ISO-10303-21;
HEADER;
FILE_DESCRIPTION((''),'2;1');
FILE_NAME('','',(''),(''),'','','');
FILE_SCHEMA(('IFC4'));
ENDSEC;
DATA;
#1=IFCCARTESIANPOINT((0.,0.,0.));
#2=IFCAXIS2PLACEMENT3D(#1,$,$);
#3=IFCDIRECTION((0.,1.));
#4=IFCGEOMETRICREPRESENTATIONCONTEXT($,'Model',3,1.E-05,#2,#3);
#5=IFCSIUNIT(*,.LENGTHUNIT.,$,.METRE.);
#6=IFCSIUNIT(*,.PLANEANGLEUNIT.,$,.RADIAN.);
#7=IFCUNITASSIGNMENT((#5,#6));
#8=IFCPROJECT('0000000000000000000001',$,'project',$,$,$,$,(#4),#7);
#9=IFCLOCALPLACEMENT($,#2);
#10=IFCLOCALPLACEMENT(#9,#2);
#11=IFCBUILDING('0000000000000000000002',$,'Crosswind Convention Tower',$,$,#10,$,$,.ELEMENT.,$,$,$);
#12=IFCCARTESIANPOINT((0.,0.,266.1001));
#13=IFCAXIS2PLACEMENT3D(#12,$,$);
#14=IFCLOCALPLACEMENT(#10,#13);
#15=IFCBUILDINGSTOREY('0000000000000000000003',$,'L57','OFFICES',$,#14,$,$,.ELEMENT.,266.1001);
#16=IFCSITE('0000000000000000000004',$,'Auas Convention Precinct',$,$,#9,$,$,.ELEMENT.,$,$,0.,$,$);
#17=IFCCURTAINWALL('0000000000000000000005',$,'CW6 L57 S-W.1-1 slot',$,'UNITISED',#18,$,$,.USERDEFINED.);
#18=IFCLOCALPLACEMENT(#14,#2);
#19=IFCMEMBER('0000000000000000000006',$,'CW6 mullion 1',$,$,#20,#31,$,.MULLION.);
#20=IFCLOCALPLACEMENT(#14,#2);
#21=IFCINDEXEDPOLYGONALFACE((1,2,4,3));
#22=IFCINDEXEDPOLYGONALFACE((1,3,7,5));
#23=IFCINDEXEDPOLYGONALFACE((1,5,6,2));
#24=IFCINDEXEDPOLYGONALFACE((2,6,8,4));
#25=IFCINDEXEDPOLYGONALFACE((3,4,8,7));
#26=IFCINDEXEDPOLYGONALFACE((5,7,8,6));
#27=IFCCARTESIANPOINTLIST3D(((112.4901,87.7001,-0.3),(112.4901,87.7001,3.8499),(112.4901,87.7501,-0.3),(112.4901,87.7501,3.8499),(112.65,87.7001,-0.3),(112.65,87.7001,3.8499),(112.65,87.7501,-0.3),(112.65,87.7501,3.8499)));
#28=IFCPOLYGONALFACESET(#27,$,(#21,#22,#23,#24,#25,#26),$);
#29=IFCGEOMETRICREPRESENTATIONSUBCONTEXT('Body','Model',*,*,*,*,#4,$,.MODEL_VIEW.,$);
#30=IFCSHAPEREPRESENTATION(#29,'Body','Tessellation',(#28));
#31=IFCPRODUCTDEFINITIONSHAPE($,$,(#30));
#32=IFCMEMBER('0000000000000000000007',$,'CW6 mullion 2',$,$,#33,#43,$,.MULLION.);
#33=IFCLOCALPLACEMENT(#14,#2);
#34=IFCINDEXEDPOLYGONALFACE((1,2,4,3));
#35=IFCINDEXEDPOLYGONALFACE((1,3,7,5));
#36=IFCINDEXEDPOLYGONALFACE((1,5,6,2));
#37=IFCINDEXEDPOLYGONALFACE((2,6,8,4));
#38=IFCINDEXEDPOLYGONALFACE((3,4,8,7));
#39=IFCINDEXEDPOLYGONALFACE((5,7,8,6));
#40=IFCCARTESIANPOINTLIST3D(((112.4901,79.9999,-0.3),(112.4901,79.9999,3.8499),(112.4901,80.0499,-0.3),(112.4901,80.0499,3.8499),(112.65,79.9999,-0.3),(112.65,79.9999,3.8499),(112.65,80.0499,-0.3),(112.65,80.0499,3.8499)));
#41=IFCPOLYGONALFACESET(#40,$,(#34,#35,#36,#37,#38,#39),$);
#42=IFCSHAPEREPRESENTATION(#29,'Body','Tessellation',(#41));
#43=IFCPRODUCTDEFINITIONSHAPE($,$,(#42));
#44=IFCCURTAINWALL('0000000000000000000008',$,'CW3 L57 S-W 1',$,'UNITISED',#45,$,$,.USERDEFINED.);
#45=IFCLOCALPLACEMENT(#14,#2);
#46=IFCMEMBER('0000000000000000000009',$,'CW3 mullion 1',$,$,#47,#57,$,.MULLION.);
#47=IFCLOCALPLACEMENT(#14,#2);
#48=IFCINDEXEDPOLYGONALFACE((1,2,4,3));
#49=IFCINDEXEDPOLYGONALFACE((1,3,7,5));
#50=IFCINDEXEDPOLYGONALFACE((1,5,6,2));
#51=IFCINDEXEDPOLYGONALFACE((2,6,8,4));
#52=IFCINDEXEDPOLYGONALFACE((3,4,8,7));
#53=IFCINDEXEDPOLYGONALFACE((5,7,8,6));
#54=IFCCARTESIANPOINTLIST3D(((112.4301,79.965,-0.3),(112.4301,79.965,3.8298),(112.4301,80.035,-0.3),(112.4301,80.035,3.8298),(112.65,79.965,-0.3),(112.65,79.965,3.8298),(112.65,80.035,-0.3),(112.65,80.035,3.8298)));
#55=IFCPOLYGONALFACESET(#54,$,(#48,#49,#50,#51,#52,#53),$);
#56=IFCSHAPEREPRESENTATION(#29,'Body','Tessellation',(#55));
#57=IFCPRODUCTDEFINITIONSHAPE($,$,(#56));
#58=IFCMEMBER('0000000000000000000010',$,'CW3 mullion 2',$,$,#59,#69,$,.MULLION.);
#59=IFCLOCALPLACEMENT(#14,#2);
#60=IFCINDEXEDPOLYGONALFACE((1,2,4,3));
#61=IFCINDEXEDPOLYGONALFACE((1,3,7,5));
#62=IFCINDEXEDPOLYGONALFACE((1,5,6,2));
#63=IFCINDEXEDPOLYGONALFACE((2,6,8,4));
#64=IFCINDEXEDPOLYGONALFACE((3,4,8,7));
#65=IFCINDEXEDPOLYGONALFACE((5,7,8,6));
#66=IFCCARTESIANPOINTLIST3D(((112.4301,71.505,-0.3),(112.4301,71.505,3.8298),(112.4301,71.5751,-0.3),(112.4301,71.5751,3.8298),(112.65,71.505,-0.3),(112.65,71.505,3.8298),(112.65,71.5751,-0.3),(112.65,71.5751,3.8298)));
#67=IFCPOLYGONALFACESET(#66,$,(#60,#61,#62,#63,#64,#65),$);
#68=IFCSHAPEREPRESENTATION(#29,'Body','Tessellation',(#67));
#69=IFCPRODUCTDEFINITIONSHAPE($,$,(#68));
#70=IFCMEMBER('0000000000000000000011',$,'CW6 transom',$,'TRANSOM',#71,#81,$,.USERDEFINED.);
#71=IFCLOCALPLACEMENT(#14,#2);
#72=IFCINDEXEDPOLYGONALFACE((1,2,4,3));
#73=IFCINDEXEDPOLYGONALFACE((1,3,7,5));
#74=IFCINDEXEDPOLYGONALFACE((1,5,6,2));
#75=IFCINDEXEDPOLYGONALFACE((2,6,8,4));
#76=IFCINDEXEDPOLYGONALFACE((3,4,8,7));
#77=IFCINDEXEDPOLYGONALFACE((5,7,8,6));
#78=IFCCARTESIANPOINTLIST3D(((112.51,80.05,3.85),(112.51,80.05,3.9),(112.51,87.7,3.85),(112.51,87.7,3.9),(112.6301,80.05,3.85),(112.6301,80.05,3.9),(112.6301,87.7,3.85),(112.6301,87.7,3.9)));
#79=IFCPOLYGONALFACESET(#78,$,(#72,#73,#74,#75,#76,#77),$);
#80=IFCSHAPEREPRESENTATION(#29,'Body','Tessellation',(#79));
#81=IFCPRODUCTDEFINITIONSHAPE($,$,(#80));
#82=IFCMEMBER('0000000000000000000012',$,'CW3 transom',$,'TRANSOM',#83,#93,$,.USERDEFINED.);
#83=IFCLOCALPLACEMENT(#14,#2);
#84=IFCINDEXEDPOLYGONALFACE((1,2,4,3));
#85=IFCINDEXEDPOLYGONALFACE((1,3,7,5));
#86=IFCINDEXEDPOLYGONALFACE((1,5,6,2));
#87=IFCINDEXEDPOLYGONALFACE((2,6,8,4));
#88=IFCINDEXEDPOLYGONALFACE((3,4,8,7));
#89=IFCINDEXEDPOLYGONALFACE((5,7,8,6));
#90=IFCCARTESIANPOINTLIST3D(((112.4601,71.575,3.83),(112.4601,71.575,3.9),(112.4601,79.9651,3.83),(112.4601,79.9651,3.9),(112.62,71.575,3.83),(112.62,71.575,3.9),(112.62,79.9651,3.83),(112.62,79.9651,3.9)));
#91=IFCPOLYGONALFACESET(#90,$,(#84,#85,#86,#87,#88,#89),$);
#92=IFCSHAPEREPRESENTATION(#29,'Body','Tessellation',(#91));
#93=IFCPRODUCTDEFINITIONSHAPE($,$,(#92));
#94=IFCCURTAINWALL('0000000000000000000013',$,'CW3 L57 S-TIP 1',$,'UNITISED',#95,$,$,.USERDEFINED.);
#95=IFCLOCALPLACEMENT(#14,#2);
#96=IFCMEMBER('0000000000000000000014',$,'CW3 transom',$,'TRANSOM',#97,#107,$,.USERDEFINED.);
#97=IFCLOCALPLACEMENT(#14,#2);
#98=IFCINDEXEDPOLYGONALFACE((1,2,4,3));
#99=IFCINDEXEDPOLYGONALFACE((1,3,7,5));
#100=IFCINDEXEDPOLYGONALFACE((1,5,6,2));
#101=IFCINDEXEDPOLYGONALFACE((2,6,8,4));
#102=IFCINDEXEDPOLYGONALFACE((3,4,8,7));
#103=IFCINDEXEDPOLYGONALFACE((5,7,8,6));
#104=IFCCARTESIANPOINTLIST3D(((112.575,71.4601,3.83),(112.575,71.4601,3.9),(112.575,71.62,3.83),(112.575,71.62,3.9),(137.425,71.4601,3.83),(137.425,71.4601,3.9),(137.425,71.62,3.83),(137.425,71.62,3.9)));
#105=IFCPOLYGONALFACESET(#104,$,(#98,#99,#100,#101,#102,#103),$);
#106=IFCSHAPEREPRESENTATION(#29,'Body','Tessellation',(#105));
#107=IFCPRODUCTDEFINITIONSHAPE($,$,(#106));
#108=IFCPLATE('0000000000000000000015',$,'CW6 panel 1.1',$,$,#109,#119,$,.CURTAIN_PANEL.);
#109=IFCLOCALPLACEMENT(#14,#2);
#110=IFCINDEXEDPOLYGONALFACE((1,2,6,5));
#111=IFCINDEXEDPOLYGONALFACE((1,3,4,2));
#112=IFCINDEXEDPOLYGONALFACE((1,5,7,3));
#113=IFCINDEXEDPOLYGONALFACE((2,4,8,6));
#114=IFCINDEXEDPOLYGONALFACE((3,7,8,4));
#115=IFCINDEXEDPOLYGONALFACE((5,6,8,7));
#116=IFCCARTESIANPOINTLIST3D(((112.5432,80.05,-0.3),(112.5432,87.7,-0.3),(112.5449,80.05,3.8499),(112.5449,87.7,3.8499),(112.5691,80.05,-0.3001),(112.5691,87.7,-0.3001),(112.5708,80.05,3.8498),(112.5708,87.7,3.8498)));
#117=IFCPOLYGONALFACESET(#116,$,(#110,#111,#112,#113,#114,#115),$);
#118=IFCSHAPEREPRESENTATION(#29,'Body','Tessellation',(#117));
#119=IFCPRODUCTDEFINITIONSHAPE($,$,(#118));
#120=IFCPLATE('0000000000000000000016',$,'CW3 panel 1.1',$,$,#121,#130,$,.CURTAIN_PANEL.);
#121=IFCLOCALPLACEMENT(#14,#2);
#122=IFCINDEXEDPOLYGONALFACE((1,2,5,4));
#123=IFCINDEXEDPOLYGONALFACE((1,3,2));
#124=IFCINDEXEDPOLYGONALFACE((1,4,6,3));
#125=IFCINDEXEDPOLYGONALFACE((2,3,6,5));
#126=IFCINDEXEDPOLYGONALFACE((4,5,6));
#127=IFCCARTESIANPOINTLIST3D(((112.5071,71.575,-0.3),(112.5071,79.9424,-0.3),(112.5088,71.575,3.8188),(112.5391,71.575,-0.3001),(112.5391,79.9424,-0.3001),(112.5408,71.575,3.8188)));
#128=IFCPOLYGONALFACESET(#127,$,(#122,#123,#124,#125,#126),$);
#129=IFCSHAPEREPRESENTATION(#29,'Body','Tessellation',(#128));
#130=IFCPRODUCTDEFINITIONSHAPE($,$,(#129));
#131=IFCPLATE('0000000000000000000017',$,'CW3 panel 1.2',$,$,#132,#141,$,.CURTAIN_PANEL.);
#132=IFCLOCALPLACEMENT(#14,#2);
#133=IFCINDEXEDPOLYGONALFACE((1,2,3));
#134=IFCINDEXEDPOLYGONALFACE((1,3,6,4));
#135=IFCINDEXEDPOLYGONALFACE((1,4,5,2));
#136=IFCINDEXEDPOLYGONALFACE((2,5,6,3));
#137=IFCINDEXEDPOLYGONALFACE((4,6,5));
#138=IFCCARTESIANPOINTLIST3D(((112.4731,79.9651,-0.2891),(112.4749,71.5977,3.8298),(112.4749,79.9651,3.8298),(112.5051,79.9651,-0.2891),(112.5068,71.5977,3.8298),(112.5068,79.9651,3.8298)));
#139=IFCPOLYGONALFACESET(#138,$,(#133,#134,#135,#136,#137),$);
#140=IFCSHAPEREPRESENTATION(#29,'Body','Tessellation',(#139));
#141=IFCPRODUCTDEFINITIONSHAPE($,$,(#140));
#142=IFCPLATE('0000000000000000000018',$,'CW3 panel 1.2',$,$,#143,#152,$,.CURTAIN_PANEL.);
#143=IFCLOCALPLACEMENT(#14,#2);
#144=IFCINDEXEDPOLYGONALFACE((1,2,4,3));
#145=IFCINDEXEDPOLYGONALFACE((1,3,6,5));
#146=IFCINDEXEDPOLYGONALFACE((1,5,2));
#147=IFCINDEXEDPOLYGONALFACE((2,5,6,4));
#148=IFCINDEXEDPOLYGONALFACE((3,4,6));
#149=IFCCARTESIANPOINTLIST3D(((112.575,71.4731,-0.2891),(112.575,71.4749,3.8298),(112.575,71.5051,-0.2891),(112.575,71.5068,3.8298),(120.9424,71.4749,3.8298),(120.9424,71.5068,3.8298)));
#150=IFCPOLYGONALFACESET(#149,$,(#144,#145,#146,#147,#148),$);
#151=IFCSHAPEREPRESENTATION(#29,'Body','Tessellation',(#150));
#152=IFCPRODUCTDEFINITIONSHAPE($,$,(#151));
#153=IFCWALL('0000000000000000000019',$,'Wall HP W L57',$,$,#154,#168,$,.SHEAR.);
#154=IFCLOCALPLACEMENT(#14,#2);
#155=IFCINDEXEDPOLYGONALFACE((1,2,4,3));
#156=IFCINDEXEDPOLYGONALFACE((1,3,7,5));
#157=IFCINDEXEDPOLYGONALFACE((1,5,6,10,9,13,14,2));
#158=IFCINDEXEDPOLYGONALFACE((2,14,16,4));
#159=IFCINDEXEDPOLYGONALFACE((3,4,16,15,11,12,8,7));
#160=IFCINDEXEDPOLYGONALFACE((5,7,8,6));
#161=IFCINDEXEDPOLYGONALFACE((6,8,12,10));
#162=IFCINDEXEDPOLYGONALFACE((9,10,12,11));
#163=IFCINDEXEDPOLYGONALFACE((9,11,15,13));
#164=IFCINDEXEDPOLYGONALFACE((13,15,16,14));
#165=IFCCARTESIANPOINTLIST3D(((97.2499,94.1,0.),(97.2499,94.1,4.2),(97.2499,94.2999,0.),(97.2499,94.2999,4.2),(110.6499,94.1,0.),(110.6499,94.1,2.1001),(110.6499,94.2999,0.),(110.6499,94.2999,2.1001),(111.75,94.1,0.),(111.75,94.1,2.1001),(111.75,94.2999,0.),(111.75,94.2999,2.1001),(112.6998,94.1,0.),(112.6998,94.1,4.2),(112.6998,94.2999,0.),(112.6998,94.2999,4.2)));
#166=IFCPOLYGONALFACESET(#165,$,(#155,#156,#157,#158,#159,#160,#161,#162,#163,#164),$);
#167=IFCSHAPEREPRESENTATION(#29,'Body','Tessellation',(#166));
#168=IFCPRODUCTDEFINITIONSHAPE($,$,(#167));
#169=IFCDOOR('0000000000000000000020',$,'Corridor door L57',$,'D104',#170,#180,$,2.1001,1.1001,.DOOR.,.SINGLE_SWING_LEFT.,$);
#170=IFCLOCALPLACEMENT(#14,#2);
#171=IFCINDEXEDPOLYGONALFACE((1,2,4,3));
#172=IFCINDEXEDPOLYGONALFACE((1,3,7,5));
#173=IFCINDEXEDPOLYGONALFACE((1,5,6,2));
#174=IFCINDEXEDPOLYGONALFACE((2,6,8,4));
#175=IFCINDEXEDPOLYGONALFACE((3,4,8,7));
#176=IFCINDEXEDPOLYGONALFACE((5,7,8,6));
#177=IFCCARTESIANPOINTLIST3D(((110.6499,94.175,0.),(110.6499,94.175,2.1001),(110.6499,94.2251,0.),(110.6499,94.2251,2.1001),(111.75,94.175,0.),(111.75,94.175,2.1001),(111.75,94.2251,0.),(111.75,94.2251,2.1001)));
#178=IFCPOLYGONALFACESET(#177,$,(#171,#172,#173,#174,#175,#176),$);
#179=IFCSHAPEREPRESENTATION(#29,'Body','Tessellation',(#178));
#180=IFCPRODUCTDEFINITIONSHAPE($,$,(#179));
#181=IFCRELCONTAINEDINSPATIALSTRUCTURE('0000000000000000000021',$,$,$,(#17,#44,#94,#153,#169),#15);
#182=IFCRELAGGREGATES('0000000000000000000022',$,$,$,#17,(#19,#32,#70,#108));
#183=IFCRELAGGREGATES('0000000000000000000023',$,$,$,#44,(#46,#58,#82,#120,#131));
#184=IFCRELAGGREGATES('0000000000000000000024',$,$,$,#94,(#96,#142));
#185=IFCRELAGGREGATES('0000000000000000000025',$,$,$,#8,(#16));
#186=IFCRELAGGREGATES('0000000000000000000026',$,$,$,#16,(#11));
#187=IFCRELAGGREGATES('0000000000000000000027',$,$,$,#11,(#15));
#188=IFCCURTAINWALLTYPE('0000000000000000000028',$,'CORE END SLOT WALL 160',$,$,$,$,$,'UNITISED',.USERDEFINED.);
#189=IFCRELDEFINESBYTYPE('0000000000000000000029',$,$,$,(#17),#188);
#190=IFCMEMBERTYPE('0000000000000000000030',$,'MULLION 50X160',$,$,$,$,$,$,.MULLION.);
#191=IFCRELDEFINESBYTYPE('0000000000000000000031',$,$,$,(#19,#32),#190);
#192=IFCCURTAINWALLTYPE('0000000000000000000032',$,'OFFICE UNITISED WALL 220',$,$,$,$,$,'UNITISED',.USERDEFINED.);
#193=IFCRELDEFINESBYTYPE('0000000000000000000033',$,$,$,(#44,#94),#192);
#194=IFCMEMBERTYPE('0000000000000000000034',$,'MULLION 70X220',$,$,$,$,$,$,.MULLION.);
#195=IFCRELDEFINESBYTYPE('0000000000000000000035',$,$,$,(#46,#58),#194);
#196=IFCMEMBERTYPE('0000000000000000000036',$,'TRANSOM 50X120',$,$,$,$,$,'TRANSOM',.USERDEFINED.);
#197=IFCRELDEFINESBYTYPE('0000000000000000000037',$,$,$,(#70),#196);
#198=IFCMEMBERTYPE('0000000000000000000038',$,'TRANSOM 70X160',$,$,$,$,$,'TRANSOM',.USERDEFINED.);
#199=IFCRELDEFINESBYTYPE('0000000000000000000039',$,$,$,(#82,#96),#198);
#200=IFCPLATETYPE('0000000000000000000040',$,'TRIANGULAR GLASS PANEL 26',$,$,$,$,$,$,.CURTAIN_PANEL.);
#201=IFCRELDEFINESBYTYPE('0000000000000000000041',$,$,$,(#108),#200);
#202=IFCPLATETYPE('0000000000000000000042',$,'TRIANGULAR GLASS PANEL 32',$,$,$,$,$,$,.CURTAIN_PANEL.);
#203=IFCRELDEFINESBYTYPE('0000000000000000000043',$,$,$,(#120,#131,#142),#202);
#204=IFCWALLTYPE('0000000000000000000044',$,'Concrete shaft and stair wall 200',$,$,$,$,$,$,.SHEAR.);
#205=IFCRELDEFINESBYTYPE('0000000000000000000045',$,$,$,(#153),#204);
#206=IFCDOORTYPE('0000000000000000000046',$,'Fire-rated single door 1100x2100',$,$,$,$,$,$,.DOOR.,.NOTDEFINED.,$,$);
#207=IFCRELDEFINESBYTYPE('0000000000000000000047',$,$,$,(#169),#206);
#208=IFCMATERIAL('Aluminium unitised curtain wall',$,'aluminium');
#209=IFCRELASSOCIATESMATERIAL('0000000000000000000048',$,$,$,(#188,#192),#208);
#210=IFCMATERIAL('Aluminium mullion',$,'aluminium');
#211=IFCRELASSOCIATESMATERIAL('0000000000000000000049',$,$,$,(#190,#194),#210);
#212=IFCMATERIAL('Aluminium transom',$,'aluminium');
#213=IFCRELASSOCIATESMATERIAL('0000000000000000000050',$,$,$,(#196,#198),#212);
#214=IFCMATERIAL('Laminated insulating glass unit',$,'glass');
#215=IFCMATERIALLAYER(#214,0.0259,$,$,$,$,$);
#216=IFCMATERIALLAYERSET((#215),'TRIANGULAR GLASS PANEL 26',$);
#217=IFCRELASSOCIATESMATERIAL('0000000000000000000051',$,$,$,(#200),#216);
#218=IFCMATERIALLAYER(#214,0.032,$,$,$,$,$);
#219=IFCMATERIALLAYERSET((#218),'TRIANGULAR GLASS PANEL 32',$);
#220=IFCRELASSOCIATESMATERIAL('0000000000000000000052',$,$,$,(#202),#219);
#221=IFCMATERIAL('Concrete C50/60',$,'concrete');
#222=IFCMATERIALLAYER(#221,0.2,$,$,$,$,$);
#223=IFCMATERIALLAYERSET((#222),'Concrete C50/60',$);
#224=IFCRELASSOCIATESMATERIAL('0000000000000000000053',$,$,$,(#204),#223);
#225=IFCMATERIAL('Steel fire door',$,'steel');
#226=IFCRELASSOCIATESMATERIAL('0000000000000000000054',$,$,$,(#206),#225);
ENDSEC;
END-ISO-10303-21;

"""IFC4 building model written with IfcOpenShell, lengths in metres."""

from ifc_helpers import new_model, si_unit, direction, frame, frame_2d, origin, origin_2d, place, context, subcontext, project, spatial, polyline, rectangle, outline, extrude, material, layer, layer_set, material_profile, profile_set, type_object, element, fill, aggregate, save


model = new_model("IFC4")

# Units and contexts
model_context = context("Model", 3, precision=1e-05, world=origin(), true_north=direction((0.0, 1.0)))
body_context = subcontext(model_context, "Body", "Model", "MODEL_VIEW")
ifc_project = project(units=[si_unit("LENGTHUNIT", "METRE"), si_unit("PLANEANGLEUNIT", "RADIAN")], contexts=[model_context])

# Site, building, storey
site_placement = place(None, origin())
site = spatial("IfcSite", under=ifc_project, at=site_placement, Name="Auas Convention Precinct", CompositionType="ELEMENT", RefElevation=0.0)
building_placement = place(site_placement, origin())
building = spatial("IfcBuilding", under=site, at=building_placement, Name="Crosswind Convention Tower", CompositionType="ELEMENT")
storey_placement = place(building_placement, frame((0.0, 0.0, 266.1001)))
storey = spatial("IfcBuildingStorey", under=building, at=storey_placement, Name="L57", Description="OFFICES", CompositionType="ELEMENT", Elevation=266.1001)

# Curtain walls, members
ifc_material_1 = material(Name="Aluminium unitised curtain wall", Category="aluminium")
curtain_wall_type_1 = type_object("IfcCurtainWallType", Name="CORE END SLOT WALL 160", ElementType="UNITISED", PredefinedType="USERDEFINED", material=ifc_material_1)
curtain_wall_1_placement = place(storey_placement, origin())
curtain_wall_1 = element("IfcCurtainWall", 1, at=curtain_wall_1_placement, inside=storey, type_object=curtain_wall_type_1, Name="CW6 L57 S-W.1-1 slot", ObjectType="UNITISED", PredefinedType="USERDEFINED")
ifc_material_2 = material(Name="Aluminium mullion", Category="aluminium")
ifc_material_profile_1 = material_profile(ifc_material_2, rectangle(XDim=0.1599, YDim=0.05, at=origin_2d()), Name="AL 160X50")
ifc_profile_set_1 = profile_set([ifc_material_profile_1], Name="Aluminium mullion")
member_type_1 = type_object("IfcMemberType", Name="MULLION 50X160", PredefinedType="MULLION", material=ifc_profile_set_1)
member_1_placement = place(storey_placement, frame((112.5701, 87.7251, -0.3), z_axis=(0.0, 0.0, 1.0), x_axis=(-1.0, 0.0, 0.0)))
member_1 = element("IfcMember", 2, at=member_1_placement, type_object=member_type_1, Name="CW6 mullion 1", PredefinedType="MULLION", context=body_context, shape_type="SweptSolid", body=[
    extrude(rectangle(XDim=0.1599, YDim=0.05, at=origin_2d()), origin(), (0.0, 0.0, 1.0), 4.1499),
])
member_2_placement = place(storey_placement, frame((112.5701, 80.0249, -0.3), z_axis=(0.0, 0.0, 1.0), x_axis=(-1.0, 0.0, 0.0)))
member_2 = element("IfcMember", 3, at=member_2_placement, type_object=member_type_1, Name="CW6 mullion 2", PredefinedType="MULLION", context=body_context, shape_type="SweptSolid", body=[
    extrude(rectangle(XDim=0.1599, YDim=0.05, at=origin_2d()), origin(), (0.0, 0.0, 1.0), 4.1499),
])
curtain_wall_type_2 = type_object("IfcCurtainWallType", Name="OFFICE UNITISED WALL 220", ElementType="UNITISED", PredefinedType="USERDEFINED", material=ifc_material_1)
curtain_wall_2_placement = place(storey_placement, origin())
curtain_wall_2 = element("IfcCurtainWall", 4, at=curtain_wall_2_placement, inside=storey, type_object=curtain_wall_type_2, Name="CW3 L57 S-W 1", ObjectType="UNITISED", PredefinedType="USERDEFINED")
ifc_material_profile_2 = material_profile(ifc_material_2, rectangle(XDim=0.22, YDim=0.0701, at=origin_2d()), Name="AL 220X70")
ifc_profile_set_2 = profile_set([ifc_material_profile_2], Name="Aluminium mullion")
member_type_2 = type_object("IfcMemberType", Name="MULLION 70X220", PredefinedType="MULLION", material=ifc_profile_set_2)
member_3_placement = place(storey_placement, frame((112.54, 80.0, -0.3), z_axis=(0.0, 0.0, 1.0), x_axis=(-1.0, 0.0, 0.0)))
member_3 = element("IfcMember", 5, at=member_3_placement, type_object=member_type_2, Name="CW3 mullion 1", PredefinedType="MULLION", context=body_context, shape_type="SweptSolid", body=[
    extrude(rectangle(XDim=0.22, YDim=0.0701, at=origin_2d()), origin(), (0.0, 0.0, 1.0), 4.1299),
])
member_4_placement = place(storey_placement, frame((112.54, 71.54, -0.3), z_axis=(0.0, 0.0, 1.0), x_axis=(-1.0, 0.0, 0.0)))
member_4 = element("IfcMember", 6, at=member_4_placement, type_object=member_type_2, Name="CW3 mullion 2", PredefinedType="MULLION", context=body_context, shape_type="SweptSolid", body=[
    extrude(rectangle(XDim=0.22, YDim=0.0701, at=origin_2d()), origin(), (0.0, 0.0, 1.0), 4.1299),
])

# Members
ifc_material_3 = material(Name="Aluminium transom", Category="aluminium")
ifc_material_profile_3 = material_profile(ifc_material_3, rectangle(XDim=0.1201, YDim=0.05, at=origin_2d()), Name="AL 120X50")
ifc_profile_set_3 = profile_set([ifc_material_profile_3], Name="Aluminium transom")
member_type_3 = type_object("IfcMemberType", Name="TRANSOM 50X120", ElementType="TRANSOM", PredefinedType="USERDEFINED", material=ifc_profile_set_3)
member_5_placement = place(storey_placement, frame((112.5701, 87.7, 3.875), z_axis=(0.0, -1.0, 0.0), x_axis=(1.0, 0.0, 0.0)))
member_5 = element("IfcMember", 7, at=member_5_placement, type_object=member_type_3, Name="CW6 transom", ObjectType="TRANSOM", PredefinedType="USERDEFINED", context=body_context, shape_type="SweptSolid", body=[
    extrude(rectangle(XDim=0.1201, YDim=0.05, at=origin_2d()), origin(), (0.0, 0.0, 1.0), 7.6499),
])
ifc_material_profile_4 = material_profile(ifc_material_3, rectangle(XDim=0.1599, YDim=0.0701, at=origin_2d()), Name="AL 160X70")
ifc_profile_set_4 = profile_set([ifc_material_profile_4], Name="Aluminium transom")
member_type_4 = type_object("IfcMemberType", Name="TRANSOM 70X160", ElementType="TRANSOM", PredefinedType="USERDEFINED", material=ifc_profile_set_4)
member_6_placement = place(storey_placement, frame((112.54, 79.9651, 3.865), z_axis=(0.0, -1.0, 0.0), x_axis=(1.0, 0.0, 0.0)))
member_6 = element("IfcMember", 8, at=member_6_placement, type_object=member_type_4, Name="CW3 transom", ObjectType="TRANSOM", PredefinedType="USERDEFINED", context=body_context, shape_type="SweptSolid", body=[
    extrude(rectangle(XDim=0.1599, YDim=0.0701, at=origin_2d()), origin(), (0.0, 0.0, 1.0), 8.3901),
])

# Curtain wall, member
curtain_wall_3_placement = place(storey_placement, origin())
curtain_wall_3 = element("IfcCurtainWall", 9, at=curtain_wall_3_placement, inside=storey, type_object=curtain_wall_type_2, Name="CW3 L57 S-TIP 1", ObjectType="UNITISED", PredefinedType="USERDEFINED")
member_7_placement = place(storey_placement, frame((112.575, 71.54, 3.865), z_axis=(1.0, 0.0, 0.0), x_axis=(0.0, 1.0, 0.0)))
member_7 = element("IfcMember", 10, at=member_7_placement, type_object=member_type_4, Name="CW3 transom", ObjectType="TRANSOM", PredefinedType="USERDEFINED", context=body_context, shape_type="SweptSolid", body=[
    extrude(rectangle(XDim=0.1599, YDim=0.0701, at=origin_2d()), origin(), (0.0, 0.0, 1.0), 24.8501),
])

# Plates
ifc_material_4 = material(Name="Laminated insulating glass unit", Category="glass")
ifc_layer_1 = layer(ifc_material_4, 0.0259)
ifc_layer_set_1 = layer_set([ifc_layer_1], Name="TRIANGULAR GLASS PANEL 26")
plate_type_1 = type_object("IfcPlateType", Name="TRIANGULAR GLASS PANEL 26", PredefinedType="CURTAIN_PANEL", material=ifc_layer_set_1)
plate_1_placement = place(storey_placement, frame((112.5432, 87.7, -0.3), z_axis=(-1.0, 0.0, 0.000412), x_axis=(0.0, -1.0, 0.0)))
plate_1 = element("IfcPlate", 11, at=plate_1_placement, type_object=plate_type_1, Name="CW6 panel 1.1", PredefinedType="CURTAIN_PANEL", context=body_context, shape_type="SweptSolid", body=[
    extrude(outline(polyline([(0.0, 0.0), (7.6499, 0.0), (7.6499, 4.1499), (0.0, 4.1499), (0.0, 0.0)])), origin(), (0.0, 0.0, -1.0), 0.0259),
])
aggregate(curtain_wall_1, [member_1, member_2, member_5, plate_1])
ifc_layer_2 = layer(ifc_material_4, 0.032)
ifc_layer_set_2 = layer_set([ifc_layer_2], Name="TRIANGULAR GLASS PANEL 32")
plate_type_2 = type_object("IfcPlateType", Name="TRIANGULAR GLASS PANEL 32", PredefinedType="CURTAIN_PANEL", material=ifc_layer_set_2)
plate_2_placement = place(storey_placement, frame((112.5071, 71.575, -0.3), z_axis=(-1.0, 0.0, 0.000415), x_axis=(0.000415, 0.0, 1.0)))
plate_2 = element("IfcPlate", 12, at=plate_2_placement, type_object=plate_type_2, Name="CW3 panel 1.1", PredefinedType="CURTAIN_PANEL", context=body_context, shape_type="SweptSolid", body=[
    extrude(outline(polyline([(0.0, 0.0), (4.1189, 0.0), (0.0, 8.3674), (0.0, 0.0)])), origin(), (0.0, 0.0, -1.0), 0.032),
])
plate_3_placement = place(storey_placement, frame((112.4749, 79.9651, 3.8298), z_axis=(-1.0, 0.0, 0.000415), x_axis=(-0.000415, 0.0, -1.0)))
plate_3 = element("IfcPlate", 13, at=plate_3_placement, type_object=plate_type_2, Name="CW3 panel 1.2", PredefinedType="CURTAIN_PANEL", context=body_context, shape_type="SweptSolid", body=[
    extrude(outline(polyline([(0.0, 0.0), (4.1189, 0.0), (0.0, 8.3674), (0.0, 0.0)])), origin(), (0.0, 0.0, -1.0), 0.032),
])
plate_4_placement = place(storey_placement, frame((112.575, 71.4749, 3.8298), z_axis=(0.0, -1.0, 0.000415), x_axis=(0.0, -0.000415, -1.0)))
plate_4 = element("IfcPlate", 14, at=plate_4_placement, type_object=plate_type_2, Name="CW3 panel 1.2", PredefinedType="CURTAIN_PANEL", context=body_context, shape_type="SweptSolid", body=[
    extrude(outline(polyline([(0.0, 0.0), (4.1189, 0.0), (0.0, 8.3674), (0.0, 0.0)])), origin(), (0.0, 0.0, -1.0), 0.032),
])

# Wall, opening, door
ifc_material_5 = material(Name="Concrete C50/60", Category="concrete")
ifc_layer_3 = layer(ifc_material_5, 0.2)
ifc_layer_set_3 = layer_set([ifc_layer_3], Name="Concrete C50/60")
wall_type = type_object("IfcWallType", Name="Concrete shaft and stair wall 200", PredefinedType="SHEAR", material=ifc_layer_set_3)
wall_1_placement = place(storey_placement, frame((112.7, 94.2, 0.0), z_axis=(0.0, 0.0, 1.0), x_axis=(-1.0, 0.0, 0.0)))
wall_1 = element("IfcWall", 15, at=wall_1_placement, inside=storey, type_object=wall_type, Name="Wall HP W L57", PredefinedType="SHEAR", context=body_context, shape_type="SweptSolid", body=[
    extrude(rectangle(XDim=15.45, YDim=0.2, at=frame_2d((7.7251, 0.0))), origin(), (0.0, 0.0, 1.0), 4.2),
])
opening_1_placement = place(wall_1_placement, frame((0.95, 0.0, 0.0)))
opening_1 = element("IfcOpeningElement", 16, at=opening_1_placement, cuts=wall_1, PredefinedType="OPENING", context=body_context, shape_type="SweptSolid", body=[
    extrude(rectangle(XDim=1.1001, YDim=2.1001, at=frame_2d((0.55, 1.05))), frame((0.0, 0.1099, 0.0), z_axis=(0.0, -1.0, 0.0), x_axis=(1.0, 0.0, 0.0)), (0.0, 0.0, 1.0), 0.22),
])
ifc_material_6 = material(Name="Steel fire door", Category="steel")
door_type_1 = type_object("IfcDoorType", Name="Fire-rated single door 1100x2100", OperationType="NOTDEFINED", PredefinedType="DOOR", material=ifc_material_6)
door_1_placement = place(opening_1_placement, origin())
door_1 = element("IfcDoor", 17, at=door_1_placement, inside=storey, type_object=door_type_1, Name="Corridor door L57", ObjectType="D104", OperationType="SINGLE_SWING_LEFT", OverallHeight=2.1001, OverallWidth=1.1001, PredefinedType="DOOR", context=body_context, shape_type="SweptSolid", body=[
    extrude(rectangle(XDim=1.1001, YDim=2.1001, at=frame_2d((0.55, 1.05))), frame((0.0, 0.0249, 0.0), z_axis=(0.0, -1.0, 0.0), x_axis=(1.0, 0.0, 0.0)), (0.0, 0.0, 1.0), 0.05),
])
fill(opening_1, door_1)

aggregate(curtain_wall_2, [member_3, member_4, member_6, plate_2, plate_3])
aggregate(curtain_wall_3, [member_7, plate_4])

save(model, "model.ifc")
